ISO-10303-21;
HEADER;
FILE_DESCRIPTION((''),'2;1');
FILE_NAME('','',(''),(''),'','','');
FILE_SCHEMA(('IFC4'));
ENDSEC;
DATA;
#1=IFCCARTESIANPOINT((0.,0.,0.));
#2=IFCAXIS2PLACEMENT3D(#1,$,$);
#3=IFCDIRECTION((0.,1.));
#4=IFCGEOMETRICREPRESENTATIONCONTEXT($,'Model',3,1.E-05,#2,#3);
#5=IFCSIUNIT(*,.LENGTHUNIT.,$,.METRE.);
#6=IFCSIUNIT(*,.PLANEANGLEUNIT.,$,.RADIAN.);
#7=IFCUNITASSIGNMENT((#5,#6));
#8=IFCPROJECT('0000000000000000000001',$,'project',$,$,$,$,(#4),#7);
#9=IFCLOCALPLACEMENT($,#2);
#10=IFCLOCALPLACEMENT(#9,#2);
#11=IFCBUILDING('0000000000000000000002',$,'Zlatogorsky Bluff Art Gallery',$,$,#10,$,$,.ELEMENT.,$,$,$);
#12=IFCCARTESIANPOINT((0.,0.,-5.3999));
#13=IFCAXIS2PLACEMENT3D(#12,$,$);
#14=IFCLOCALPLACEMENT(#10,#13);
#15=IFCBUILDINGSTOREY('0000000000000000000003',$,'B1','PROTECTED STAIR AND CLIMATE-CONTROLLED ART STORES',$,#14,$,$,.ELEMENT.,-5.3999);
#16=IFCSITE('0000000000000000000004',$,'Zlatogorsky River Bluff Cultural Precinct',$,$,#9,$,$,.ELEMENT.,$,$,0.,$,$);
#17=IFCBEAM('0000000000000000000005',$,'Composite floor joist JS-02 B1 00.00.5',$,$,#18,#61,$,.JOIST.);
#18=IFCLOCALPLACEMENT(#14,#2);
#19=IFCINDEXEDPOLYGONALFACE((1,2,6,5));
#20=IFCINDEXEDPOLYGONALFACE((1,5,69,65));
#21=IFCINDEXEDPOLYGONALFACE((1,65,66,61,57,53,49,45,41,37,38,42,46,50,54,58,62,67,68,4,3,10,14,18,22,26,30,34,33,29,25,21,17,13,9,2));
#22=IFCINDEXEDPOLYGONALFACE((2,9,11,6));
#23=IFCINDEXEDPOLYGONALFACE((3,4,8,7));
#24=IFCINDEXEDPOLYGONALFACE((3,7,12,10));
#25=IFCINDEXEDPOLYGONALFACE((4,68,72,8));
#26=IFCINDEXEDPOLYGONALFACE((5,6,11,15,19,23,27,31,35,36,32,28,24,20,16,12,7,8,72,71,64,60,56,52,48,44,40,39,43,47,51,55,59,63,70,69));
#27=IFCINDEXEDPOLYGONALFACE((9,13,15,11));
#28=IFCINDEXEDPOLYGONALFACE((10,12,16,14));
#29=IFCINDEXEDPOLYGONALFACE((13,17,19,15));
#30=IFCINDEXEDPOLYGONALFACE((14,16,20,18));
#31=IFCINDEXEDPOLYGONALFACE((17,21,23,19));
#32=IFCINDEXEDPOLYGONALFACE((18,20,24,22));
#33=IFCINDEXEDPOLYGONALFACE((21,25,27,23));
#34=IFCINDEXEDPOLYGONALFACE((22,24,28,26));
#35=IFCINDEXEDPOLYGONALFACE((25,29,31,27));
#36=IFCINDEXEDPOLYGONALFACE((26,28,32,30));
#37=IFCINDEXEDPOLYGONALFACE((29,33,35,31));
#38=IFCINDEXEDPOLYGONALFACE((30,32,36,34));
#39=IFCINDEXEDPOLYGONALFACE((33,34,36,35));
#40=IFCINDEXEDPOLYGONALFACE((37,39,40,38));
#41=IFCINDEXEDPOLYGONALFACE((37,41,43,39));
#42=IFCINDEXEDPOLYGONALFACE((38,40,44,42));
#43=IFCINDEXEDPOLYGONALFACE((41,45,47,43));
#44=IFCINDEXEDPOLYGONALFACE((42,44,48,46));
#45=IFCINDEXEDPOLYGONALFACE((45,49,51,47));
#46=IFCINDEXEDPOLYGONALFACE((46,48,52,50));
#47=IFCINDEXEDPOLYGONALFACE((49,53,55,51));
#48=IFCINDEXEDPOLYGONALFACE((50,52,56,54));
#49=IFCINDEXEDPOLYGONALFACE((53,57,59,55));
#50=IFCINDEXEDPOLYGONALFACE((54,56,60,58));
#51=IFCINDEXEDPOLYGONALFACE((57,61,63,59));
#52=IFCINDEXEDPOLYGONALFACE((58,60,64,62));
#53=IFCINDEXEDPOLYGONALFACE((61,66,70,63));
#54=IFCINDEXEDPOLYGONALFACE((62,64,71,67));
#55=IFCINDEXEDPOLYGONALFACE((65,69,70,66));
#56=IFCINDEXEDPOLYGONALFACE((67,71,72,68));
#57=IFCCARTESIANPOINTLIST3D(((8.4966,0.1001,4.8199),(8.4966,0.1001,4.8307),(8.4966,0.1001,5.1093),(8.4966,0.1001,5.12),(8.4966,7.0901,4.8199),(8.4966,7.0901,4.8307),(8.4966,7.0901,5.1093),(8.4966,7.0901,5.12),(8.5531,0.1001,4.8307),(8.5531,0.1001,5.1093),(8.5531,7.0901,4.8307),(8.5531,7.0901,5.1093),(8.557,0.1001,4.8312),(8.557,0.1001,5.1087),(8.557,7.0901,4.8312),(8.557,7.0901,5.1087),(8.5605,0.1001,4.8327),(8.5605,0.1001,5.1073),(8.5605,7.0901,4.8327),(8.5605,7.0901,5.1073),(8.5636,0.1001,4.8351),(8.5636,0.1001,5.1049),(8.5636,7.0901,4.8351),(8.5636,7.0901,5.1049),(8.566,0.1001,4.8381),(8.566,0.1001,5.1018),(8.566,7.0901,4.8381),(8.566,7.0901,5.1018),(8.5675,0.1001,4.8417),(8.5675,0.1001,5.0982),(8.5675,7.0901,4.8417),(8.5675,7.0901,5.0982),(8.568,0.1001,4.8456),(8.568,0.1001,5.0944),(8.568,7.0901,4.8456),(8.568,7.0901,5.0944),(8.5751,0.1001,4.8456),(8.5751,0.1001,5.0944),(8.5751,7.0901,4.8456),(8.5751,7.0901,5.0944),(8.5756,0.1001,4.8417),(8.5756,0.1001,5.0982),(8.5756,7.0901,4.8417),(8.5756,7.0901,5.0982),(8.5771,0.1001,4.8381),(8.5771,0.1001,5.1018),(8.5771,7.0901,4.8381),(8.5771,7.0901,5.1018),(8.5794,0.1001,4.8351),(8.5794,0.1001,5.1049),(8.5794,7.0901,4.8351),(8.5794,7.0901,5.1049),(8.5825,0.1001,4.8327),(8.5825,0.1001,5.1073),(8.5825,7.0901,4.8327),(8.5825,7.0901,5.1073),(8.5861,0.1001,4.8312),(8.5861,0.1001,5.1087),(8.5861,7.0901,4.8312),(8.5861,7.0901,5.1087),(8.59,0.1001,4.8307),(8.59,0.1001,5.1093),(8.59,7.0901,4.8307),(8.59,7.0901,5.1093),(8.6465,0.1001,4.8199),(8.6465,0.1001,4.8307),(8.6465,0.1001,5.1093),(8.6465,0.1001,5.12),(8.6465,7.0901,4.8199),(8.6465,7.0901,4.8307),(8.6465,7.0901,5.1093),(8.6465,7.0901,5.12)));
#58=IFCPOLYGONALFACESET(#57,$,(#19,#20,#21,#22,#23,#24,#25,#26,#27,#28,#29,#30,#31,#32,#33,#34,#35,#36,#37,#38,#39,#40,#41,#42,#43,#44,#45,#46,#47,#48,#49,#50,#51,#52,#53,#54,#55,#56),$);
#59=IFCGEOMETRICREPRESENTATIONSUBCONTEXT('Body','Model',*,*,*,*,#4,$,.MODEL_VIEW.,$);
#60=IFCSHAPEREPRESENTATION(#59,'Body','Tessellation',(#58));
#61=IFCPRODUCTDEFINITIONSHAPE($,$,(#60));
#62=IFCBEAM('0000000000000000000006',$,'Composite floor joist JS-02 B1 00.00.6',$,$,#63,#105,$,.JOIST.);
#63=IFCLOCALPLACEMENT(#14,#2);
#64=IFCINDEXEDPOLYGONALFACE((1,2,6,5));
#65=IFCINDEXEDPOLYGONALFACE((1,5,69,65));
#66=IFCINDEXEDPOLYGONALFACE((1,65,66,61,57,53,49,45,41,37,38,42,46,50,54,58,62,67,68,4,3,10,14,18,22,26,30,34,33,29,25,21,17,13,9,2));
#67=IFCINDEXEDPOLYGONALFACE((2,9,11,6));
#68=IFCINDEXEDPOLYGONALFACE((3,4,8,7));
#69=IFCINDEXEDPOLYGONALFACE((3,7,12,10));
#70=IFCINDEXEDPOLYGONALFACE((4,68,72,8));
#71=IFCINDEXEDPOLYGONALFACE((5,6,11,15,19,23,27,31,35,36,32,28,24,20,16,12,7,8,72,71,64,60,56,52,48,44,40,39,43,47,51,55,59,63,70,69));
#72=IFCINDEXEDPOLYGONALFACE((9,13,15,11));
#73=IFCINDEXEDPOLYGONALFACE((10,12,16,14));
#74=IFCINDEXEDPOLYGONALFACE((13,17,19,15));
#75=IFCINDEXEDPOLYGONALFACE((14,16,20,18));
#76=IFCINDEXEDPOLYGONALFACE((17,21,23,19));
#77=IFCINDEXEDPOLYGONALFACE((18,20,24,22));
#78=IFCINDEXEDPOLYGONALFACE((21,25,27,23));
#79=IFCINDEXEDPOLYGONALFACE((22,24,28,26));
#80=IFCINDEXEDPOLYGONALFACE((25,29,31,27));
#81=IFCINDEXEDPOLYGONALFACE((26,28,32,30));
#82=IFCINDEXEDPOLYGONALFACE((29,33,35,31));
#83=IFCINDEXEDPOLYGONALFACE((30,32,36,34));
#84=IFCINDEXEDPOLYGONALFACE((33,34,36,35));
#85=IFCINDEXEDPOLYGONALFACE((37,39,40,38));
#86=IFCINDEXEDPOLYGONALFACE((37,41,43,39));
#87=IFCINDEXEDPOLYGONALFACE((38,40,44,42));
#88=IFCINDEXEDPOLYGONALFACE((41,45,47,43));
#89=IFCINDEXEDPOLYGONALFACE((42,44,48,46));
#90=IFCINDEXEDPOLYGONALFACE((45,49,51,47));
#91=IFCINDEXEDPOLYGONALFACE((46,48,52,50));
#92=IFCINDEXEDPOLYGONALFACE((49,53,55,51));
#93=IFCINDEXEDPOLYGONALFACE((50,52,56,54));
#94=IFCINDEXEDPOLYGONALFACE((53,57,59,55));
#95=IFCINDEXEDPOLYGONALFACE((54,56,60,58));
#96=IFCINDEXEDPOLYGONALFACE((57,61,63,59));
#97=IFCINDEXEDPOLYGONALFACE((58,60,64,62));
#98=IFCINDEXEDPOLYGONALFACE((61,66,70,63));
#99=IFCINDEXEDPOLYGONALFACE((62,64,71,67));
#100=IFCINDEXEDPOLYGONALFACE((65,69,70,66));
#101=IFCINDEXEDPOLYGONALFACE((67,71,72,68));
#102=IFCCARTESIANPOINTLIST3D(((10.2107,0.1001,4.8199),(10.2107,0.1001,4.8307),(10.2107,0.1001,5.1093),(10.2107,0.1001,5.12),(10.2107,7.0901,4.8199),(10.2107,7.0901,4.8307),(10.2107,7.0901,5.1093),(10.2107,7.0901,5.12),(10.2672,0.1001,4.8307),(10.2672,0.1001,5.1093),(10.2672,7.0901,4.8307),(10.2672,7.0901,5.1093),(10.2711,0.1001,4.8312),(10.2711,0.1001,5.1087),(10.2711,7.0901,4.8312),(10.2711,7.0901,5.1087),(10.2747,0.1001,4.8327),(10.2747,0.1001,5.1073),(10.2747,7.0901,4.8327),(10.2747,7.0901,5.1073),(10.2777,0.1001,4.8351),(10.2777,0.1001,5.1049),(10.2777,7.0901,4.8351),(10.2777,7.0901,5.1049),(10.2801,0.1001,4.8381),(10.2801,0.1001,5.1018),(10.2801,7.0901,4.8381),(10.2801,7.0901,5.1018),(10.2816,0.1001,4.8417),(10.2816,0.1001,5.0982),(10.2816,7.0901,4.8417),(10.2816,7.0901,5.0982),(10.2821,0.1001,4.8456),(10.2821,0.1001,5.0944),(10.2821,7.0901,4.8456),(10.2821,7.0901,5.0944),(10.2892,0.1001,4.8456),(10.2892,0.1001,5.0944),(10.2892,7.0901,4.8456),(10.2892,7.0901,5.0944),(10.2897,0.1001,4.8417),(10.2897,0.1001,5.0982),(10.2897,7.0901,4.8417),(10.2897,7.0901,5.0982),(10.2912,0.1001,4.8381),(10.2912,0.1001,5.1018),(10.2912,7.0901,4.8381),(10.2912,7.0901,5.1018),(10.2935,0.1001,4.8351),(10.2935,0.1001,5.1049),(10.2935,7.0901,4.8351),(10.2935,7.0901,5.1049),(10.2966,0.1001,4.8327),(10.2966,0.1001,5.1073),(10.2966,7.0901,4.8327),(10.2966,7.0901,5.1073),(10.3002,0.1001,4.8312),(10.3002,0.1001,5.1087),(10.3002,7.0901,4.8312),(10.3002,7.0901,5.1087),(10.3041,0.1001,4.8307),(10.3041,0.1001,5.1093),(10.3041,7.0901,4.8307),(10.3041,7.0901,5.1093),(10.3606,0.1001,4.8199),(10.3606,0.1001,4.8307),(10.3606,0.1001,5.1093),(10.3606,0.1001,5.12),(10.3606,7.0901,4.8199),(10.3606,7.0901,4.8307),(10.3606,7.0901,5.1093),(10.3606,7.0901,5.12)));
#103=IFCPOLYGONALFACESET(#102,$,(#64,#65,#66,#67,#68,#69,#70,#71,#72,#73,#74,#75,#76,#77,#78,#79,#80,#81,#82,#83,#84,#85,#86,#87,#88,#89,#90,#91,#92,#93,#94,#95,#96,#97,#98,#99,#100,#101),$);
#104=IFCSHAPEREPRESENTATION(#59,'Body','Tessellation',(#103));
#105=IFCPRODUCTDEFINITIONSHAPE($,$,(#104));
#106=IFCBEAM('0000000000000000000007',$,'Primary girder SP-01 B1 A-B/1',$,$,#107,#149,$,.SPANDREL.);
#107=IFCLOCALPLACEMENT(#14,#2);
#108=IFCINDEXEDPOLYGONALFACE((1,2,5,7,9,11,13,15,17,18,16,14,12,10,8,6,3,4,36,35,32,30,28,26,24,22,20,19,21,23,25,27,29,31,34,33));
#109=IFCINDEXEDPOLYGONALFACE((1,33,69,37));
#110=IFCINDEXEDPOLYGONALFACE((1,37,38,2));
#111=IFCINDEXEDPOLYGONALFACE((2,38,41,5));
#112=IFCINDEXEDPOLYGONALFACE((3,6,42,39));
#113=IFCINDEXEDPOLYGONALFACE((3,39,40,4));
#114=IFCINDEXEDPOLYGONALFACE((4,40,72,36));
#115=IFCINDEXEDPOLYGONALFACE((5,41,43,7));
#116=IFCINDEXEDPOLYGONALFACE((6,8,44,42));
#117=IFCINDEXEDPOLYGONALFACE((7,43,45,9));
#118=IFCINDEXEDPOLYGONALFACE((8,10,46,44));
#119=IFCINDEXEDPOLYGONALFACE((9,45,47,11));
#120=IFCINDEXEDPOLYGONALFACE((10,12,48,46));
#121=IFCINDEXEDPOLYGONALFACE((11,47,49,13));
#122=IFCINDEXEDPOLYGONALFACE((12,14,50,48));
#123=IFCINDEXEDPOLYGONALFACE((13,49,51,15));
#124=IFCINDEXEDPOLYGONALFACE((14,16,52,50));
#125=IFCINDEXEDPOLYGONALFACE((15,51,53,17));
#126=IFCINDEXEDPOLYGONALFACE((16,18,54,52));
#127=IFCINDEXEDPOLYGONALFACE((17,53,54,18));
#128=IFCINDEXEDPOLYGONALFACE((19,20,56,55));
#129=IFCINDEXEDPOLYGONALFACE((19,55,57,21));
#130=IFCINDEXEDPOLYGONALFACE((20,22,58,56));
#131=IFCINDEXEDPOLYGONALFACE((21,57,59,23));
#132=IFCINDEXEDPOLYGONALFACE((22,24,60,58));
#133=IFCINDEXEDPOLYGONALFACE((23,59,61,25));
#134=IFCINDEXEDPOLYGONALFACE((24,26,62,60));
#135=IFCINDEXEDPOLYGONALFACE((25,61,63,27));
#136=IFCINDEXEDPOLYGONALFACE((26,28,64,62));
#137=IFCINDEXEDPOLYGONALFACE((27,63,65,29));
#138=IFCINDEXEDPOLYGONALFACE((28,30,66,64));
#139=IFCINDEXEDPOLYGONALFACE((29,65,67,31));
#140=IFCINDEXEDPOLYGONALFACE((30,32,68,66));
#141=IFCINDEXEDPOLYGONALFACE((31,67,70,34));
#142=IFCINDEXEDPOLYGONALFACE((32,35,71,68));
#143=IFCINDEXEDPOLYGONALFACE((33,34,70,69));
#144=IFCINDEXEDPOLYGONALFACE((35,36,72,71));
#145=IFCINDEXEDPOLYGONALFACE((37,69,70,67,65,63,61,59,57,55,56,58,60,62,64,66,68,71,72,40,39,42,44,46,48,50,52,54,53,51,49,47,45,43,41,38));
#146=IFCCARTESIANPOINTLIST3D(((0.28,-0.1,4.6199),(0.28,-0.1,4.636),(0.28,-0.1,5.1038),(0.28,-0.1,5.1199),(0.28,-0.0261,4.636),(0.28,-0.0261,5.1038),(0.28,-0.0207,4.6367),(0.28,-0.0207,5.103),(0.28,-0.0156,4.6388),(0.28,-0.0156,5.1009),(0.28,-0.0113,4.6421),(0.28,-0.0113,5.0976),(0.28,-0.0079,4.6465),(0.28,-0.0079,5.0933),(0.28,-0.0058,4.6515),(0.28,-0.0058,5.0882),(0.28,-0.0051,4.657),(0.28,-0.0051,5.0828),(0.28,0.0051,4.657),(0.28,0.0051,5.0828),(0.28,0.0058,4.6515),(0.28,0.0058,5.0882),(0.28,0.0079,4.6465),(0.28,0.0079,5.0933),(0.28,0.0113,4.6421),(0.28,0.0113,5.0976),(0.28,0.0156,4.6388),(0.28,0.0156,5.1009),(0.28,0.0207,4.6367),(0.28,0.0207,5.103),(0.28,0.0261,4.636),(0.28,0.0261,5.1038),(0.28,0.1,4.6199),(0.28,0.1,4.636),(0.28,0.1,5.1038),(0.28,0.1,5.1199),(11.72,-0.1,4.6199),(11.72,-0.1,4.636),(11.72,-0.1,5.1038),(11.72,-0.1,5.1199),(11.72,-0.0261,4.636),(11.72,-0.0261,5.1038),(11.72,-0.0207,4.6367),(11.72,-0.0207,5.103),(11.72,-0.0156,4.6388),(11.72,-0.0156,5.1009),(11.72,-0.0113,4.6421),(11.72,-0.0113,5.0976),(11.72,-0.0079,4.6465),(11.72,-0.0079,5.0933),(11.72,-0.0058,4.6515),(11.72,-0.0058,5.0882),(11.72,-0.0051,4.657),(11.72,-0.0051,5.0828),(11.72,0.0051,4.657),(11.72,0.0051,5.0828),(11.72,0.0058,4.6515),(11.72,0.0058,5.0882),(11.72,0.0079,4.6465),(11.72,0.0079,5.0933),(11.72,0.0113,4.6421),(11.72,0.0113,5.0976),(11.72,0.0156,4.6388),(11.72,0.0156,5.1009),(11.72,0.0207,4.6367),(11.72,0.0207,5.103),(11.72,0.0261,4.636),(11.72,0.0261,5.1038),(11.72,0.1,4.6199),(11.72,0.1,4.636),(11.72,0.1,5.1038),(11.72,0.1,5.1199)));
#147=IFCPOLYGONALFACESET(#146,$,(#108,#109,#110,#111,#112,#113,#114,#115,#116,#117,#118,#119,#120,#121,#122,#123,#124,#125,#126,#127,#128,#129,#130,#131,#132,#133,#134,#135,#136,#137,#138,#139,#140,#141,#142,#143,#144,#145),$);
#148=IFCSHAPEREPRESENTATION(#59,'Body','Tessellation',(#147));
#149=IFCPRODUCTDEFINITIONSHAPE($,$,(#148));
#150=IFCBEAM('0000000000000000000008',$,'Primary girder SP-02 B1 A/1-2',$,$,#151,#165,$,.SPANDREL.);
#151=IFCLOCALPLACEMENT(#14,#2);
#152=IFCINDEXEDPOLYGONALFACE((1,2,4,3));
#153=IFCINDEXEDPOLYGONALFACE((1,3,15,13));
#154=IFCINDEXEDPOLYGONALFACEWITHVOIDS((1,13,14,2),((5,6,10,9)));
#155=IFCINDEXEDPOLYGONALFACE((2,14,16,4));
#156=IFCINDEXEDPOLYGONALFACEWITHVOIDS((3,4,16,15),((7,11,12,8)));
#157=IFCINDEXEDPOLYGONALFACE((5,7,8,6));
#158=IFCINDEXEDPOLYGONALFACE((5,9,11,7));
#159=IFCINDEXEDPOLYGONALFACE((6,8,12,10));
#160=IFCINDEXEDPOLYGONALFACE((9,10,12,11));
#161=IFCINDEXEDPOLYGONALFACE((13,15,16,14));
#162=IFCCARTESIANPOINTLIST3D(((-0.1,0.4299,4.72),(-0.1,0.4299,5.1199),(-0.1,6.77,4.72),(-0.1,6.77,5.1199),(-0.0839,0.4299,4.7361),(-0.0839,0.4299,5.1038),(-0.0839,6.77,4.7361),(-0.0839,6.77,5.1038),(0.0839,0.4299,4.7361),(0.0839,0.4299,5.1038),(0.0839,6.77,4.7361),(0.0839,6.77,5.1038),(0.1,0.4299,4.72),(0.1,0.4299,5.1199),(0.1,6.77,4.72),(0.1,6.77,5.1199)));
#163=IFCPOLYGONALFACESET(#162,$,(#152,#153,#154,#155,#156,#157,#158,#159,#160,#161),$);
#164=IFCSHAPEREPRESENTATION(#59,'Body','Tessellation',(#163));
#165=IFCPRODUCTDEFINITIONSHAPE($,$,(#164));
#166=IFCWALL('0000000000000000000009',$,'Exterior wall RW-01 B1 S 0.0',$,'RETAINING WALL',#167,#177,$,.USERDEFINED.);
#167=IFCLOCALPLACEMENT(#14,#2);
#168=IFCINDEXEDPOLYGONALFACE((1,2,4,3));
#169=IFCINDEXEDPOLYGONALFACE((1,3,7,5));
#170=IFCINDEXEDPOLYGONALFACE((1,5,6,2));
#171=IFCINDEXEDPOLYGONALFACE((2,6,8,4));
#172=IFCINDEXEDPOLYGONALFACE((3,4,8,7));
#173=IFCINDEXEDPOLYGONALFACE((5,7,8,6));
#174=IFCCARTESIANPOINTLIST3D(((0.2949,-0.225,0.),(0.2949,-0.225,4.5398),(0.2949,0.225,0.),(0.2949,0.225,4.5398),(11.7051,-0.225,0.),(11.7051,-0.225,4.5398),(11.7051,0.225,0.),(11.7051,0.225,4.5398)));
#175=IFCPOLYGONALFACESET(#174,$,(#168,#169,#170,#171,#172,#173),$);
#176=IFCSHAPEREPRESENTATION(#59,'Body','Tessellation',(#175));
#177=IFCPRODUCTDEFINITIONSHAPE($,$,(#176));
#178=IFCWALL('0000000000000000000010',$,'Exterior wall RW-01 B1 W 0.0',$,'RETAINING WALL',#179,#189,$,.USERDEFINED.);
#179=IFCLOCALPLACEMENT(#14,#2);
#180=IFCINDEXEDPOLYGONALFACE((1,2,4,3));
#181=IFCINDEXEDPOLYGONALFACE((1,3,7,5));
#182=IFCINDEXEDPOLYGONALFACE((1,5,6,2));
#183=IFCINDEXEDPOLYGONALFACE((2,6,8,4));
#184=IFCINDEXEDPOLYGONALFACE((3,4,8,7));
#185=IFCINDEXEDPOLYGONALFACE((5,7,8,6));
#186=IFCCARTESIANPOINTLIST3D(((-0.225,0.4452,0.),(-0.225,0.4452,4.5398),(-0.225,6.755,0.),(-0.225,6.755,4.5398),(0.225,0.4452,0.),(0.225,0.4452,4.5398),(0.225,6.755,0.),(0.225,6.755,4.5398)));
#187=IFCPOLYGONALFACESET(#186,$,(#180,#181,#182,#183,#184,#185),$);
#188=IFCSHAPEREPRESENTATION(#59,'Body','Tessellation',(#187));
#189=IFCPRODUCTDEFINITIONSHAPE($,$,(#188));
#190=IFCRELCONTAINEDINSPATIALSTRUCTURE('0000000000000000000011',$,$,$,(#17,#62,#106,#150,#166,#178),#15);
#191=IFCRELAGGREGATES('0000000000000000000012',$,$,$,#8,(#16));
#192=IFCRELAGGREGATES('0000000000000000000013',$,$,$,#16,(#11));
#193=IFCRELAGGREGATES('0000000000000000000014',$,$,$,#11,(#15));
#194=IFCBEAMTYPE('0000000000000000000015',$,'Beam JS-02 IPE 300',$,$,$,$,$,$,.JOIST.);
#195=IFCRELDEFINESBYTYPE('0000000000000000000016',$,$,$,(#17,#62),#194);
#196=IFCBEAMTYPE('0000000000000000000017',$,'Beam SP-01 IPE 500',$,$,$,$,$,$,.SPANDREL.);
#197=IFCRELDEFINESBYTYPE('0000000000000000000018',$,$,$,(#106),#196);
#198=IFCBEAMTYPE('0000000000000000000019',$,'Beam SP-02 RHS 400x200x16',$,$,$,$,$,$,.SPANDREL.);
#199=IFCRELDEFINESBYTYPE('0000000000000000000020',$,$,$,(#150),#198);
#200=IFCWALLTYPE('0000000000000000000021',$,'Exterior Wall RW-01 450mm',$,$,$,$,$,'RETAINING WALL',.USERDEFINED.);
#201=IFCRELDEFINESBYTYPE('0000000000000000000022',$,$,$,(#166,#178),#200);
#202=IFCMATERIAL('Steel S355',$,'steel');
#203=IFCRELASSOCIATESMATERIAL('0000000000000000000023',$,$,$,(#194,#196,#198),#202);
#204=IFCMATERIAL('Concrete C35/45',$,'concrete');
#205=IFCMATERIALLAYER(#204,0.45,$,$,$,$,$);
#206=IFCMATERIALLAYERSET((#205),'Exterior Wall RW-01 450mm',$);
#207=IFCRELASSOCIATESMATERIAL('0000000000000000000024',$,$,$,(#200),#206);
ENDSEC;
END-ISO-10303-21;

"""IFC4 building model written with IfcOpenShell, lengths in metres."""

from ifc_helpers import new_model, si_unit, direction, frame, frame_2d, origin, origin_2d, place, context, subcontext, project, spatial, rectangle, hollow_rectangle, i_section, extrude, material, layer, layer_set, material_profile, profile_set, type_object, element, save


model = new_model("IFC4")

# Units and contexts
model_context = context("Model", 3, precision=1e-05, world=origin(), true_north=direction((0.0, 1.0)))
body_context = subcontext(model_context, "Body", "Model", "MODEL_VIEW")
ifc_project = project(units=[si_unit("LENGTHUNIT", "METRE"), si_unit("PLANEANGLEUNIT", "RADIAN")], contexts=[model_context])

# Site, building, storey
site_placement = place(None, origin())
site = spatial("IfcSite", under=ifc_project, at=site_placement, Name="Zlatogorsky River Bluff Cultural Precinct", CompositionType="ELEMENT", RefElevation=0.0)
building_placement = place(site_placement, origin())
building = spatial("IfcBuilding", under=site, at=building_placement, Name="Zlatogorsky Bluff Art Gallery", CompositionType="ELEMENT")
storey_placement = place(building_placement, frame((0.0, 0.0, -5.3999)))
storey = spatial("IfcBuildingStorey", under=building, at=storey_placement, Name="B1", Description="PROTECTED STAIR AND CLIMATE-CONTROLLED ART STORES", CompositionType="ELEMENT", Elevation=-5.3999)

# Shared definitions
ifc_material_1 = material(Name="Concrete C35/45", Category="concrete")

# Beams
ifc_material_2 = material(Name="Steel S355", Category="steel")
ifc_material_profile_1 = material_profile(ifc_material_2, i_section(OverallWidth=0.1499, OverallDepth=0.3, WebThickness=0.0071, FlangeThickness=0.0107, FilletRadius=0.0149, at=origin_2d()), Name="IPE 300")
ifc_profile_set_1 = profile_set([ifc_material_profile_1], Name="Steel S355")
beam_type_1 = type_object("IfcBeamType", Name="Beam JS-02 IPE 300", PredefinedType="JOIST", material=ifc_profile_set_1)
for number, where, z_axis, x_axis, name in (
    (1, (8.5715, 0.1001, 4.97), (0.0, 1.0, 0.0), (-1.0, 0.0, 0.0), "Composite floor joist JS-02 B1 00.00.5"),
    (2, (10.2856, 0.1001, 4.97), (0.0, 1.0, 0.0), (-1.0, 0.0, 0.0), "Composite floor joist JS-02 B1 00.00.6"),
):
    element("IfcBeam", number, at=place(storey_placement, frame(where, z_axis=z_axis, x_axis=x_axis)), inside=storey, type_object=beam_type_1, Name=name, PredefinedType="JOIST", context=body_context, shape_type="SweptSolid", body=[
        extrude(i_section(OverallWidth=0.1499, OverallDepth=0.3, WebThickness=0.0071, FlangeThickness=0.0107, FilletRadius=0.0149, at=origin_2d()), origin(), (0.0, 0.0, 1.0), 6.99),
    ])
ifc_material_profile_2 = material_profile(ifc_material_2, i_section(OverallWidth=0.2, OverallDepth=0.5, WebThickness=0.0103, FlangeThickness=0.0161, FilletRadius=0.021, at=origin_2d()), Name="IPE 500")
ifc_profile_set_2 = profile_set([ifc_material_profile_2], Name="Steel S355")
beam_type_2 = type_object("IfcBeamType", Name="Beam SP-01 IPE 500", PredefinedType="SPANDREL", material=ifc_profile_set_2)
beam_1_placement = place(storey_placement, frame((0.28, 0.0, 4.8699), z_axis=(1.0, 0.0, 0.0), x_axis=(0.0, 1.0, 0.0)))
element("IfcBeam", 3, at=beam_1_placement, inside=storey, type_object=beam_type_2, Name="Primary girder SP-01 B1 A-B/1", PredefinedType="SPANDREL", context=body_context, shape_type="SweptSolid", body=[
    extrude(i_section(OverallWidth=0.2, OverallDepth=0.5, WebThickness=0.0103, FlangeThickness=0.0161, FilletRadius=0.021, at=origin_2d()), origin(), (0.0, 0.0, 1.0), 11.4399),
])
ifc_material_profile_3 = material_profile(ifc_material_2, hollow_rectangle(XDim=0.2, YDim=0.3999, WallThickness=0.0161, at=origin_2d()), Name="RHS 400x200x16")
ifc_profile_set_3 = profile_set([ifc_material_profile_3], Name="Steel S355")
beam_type_3 = type_object("IfcBeamType", Name="Beam SP-02 RHS 400x200x16", PredefinedType="SPANDREL", material=ifc_profile_set_3)
beam_2_placement = place(storey_placement, frame((0.0, 0.4299, 4.9199), z_axis=(0.0, 1.0, 0.0), x_axis=(-1.0, 0.0, 0.0)))
element("IfcBeam", 4, at=beam_2_placement, inside=storey, type_object=beam_type_3, Name="Primary girder SP-02 B1 A/1-2", PredefinedType="SPANDREL", context=body_context, shape_type="SweptSolid", body=[
    extrude(hollow_rectangle(XDim=0.2, YDim=0.3999, WallThickness=0.0161, at=origin_2d()), origin(), (0.0, 0.0, 1.0), 6.3401),
])

# Walls
ifc_layer_1 = layer(ifc_material_1, 0.45)
ifc_layer_set_1 = layer_set([ifc_layer_1], Name="Exterior Wall RW-01 450mm")
wall_type = type_object("IfcWallType", Name="Exterior Wall RW-01 450mm", ElementType="RETAINING WALL", PredefinedType="USERDEFINED", material=ifc_layer_set_1)
wall_1_placement = place(storey_placement, frame((0.2949, 0.0, 0.0), z_axis=(0.0, 0.0, 1.0), x_axis=(1.0, 0.0, 0.0)))
element("IfcWall", 5, at=wall_1_placement, inside=storey, type_object=wall_type, Name="Exterior wall RW-01 B1 S 0.0", ObjectType="RETAINING WALL", PredefinedType="USERDEFINED", context=body_context, shape_type="SweptSolid", body=[
    extrude(rectangle(XDim=11.4102, YDim=0.45, at=frame_2d((5.7051, 0.0))), origin(), (0.0, 0.0, 1.0), 4.5398),
])
wall_2_placement = place(storey_placement, frame((0.0, 6.7549, 0.0), z_axis=(0.0, 0.0, 1.0), x_axis=(0.0, -1.0, 0.0)))
element("IfcWall", 6, at=wall_2_placement, inside=storey, type_object=wall_type, Name="Exterior wall RW-01 B1 W 0.0", ObjectType="RETAINING WALL", PredefinedType="USERDEFINED", context=body_context, shape_type="SweptSolid", body=[
    extrude(rectangle(XDim=6.3098, YDim=0.45, at=frame_2d((3.1548, 0.0))), origin(), (0.0, 0.0, 1.0), 4.5398),
])

save(model, "model.ifc")
